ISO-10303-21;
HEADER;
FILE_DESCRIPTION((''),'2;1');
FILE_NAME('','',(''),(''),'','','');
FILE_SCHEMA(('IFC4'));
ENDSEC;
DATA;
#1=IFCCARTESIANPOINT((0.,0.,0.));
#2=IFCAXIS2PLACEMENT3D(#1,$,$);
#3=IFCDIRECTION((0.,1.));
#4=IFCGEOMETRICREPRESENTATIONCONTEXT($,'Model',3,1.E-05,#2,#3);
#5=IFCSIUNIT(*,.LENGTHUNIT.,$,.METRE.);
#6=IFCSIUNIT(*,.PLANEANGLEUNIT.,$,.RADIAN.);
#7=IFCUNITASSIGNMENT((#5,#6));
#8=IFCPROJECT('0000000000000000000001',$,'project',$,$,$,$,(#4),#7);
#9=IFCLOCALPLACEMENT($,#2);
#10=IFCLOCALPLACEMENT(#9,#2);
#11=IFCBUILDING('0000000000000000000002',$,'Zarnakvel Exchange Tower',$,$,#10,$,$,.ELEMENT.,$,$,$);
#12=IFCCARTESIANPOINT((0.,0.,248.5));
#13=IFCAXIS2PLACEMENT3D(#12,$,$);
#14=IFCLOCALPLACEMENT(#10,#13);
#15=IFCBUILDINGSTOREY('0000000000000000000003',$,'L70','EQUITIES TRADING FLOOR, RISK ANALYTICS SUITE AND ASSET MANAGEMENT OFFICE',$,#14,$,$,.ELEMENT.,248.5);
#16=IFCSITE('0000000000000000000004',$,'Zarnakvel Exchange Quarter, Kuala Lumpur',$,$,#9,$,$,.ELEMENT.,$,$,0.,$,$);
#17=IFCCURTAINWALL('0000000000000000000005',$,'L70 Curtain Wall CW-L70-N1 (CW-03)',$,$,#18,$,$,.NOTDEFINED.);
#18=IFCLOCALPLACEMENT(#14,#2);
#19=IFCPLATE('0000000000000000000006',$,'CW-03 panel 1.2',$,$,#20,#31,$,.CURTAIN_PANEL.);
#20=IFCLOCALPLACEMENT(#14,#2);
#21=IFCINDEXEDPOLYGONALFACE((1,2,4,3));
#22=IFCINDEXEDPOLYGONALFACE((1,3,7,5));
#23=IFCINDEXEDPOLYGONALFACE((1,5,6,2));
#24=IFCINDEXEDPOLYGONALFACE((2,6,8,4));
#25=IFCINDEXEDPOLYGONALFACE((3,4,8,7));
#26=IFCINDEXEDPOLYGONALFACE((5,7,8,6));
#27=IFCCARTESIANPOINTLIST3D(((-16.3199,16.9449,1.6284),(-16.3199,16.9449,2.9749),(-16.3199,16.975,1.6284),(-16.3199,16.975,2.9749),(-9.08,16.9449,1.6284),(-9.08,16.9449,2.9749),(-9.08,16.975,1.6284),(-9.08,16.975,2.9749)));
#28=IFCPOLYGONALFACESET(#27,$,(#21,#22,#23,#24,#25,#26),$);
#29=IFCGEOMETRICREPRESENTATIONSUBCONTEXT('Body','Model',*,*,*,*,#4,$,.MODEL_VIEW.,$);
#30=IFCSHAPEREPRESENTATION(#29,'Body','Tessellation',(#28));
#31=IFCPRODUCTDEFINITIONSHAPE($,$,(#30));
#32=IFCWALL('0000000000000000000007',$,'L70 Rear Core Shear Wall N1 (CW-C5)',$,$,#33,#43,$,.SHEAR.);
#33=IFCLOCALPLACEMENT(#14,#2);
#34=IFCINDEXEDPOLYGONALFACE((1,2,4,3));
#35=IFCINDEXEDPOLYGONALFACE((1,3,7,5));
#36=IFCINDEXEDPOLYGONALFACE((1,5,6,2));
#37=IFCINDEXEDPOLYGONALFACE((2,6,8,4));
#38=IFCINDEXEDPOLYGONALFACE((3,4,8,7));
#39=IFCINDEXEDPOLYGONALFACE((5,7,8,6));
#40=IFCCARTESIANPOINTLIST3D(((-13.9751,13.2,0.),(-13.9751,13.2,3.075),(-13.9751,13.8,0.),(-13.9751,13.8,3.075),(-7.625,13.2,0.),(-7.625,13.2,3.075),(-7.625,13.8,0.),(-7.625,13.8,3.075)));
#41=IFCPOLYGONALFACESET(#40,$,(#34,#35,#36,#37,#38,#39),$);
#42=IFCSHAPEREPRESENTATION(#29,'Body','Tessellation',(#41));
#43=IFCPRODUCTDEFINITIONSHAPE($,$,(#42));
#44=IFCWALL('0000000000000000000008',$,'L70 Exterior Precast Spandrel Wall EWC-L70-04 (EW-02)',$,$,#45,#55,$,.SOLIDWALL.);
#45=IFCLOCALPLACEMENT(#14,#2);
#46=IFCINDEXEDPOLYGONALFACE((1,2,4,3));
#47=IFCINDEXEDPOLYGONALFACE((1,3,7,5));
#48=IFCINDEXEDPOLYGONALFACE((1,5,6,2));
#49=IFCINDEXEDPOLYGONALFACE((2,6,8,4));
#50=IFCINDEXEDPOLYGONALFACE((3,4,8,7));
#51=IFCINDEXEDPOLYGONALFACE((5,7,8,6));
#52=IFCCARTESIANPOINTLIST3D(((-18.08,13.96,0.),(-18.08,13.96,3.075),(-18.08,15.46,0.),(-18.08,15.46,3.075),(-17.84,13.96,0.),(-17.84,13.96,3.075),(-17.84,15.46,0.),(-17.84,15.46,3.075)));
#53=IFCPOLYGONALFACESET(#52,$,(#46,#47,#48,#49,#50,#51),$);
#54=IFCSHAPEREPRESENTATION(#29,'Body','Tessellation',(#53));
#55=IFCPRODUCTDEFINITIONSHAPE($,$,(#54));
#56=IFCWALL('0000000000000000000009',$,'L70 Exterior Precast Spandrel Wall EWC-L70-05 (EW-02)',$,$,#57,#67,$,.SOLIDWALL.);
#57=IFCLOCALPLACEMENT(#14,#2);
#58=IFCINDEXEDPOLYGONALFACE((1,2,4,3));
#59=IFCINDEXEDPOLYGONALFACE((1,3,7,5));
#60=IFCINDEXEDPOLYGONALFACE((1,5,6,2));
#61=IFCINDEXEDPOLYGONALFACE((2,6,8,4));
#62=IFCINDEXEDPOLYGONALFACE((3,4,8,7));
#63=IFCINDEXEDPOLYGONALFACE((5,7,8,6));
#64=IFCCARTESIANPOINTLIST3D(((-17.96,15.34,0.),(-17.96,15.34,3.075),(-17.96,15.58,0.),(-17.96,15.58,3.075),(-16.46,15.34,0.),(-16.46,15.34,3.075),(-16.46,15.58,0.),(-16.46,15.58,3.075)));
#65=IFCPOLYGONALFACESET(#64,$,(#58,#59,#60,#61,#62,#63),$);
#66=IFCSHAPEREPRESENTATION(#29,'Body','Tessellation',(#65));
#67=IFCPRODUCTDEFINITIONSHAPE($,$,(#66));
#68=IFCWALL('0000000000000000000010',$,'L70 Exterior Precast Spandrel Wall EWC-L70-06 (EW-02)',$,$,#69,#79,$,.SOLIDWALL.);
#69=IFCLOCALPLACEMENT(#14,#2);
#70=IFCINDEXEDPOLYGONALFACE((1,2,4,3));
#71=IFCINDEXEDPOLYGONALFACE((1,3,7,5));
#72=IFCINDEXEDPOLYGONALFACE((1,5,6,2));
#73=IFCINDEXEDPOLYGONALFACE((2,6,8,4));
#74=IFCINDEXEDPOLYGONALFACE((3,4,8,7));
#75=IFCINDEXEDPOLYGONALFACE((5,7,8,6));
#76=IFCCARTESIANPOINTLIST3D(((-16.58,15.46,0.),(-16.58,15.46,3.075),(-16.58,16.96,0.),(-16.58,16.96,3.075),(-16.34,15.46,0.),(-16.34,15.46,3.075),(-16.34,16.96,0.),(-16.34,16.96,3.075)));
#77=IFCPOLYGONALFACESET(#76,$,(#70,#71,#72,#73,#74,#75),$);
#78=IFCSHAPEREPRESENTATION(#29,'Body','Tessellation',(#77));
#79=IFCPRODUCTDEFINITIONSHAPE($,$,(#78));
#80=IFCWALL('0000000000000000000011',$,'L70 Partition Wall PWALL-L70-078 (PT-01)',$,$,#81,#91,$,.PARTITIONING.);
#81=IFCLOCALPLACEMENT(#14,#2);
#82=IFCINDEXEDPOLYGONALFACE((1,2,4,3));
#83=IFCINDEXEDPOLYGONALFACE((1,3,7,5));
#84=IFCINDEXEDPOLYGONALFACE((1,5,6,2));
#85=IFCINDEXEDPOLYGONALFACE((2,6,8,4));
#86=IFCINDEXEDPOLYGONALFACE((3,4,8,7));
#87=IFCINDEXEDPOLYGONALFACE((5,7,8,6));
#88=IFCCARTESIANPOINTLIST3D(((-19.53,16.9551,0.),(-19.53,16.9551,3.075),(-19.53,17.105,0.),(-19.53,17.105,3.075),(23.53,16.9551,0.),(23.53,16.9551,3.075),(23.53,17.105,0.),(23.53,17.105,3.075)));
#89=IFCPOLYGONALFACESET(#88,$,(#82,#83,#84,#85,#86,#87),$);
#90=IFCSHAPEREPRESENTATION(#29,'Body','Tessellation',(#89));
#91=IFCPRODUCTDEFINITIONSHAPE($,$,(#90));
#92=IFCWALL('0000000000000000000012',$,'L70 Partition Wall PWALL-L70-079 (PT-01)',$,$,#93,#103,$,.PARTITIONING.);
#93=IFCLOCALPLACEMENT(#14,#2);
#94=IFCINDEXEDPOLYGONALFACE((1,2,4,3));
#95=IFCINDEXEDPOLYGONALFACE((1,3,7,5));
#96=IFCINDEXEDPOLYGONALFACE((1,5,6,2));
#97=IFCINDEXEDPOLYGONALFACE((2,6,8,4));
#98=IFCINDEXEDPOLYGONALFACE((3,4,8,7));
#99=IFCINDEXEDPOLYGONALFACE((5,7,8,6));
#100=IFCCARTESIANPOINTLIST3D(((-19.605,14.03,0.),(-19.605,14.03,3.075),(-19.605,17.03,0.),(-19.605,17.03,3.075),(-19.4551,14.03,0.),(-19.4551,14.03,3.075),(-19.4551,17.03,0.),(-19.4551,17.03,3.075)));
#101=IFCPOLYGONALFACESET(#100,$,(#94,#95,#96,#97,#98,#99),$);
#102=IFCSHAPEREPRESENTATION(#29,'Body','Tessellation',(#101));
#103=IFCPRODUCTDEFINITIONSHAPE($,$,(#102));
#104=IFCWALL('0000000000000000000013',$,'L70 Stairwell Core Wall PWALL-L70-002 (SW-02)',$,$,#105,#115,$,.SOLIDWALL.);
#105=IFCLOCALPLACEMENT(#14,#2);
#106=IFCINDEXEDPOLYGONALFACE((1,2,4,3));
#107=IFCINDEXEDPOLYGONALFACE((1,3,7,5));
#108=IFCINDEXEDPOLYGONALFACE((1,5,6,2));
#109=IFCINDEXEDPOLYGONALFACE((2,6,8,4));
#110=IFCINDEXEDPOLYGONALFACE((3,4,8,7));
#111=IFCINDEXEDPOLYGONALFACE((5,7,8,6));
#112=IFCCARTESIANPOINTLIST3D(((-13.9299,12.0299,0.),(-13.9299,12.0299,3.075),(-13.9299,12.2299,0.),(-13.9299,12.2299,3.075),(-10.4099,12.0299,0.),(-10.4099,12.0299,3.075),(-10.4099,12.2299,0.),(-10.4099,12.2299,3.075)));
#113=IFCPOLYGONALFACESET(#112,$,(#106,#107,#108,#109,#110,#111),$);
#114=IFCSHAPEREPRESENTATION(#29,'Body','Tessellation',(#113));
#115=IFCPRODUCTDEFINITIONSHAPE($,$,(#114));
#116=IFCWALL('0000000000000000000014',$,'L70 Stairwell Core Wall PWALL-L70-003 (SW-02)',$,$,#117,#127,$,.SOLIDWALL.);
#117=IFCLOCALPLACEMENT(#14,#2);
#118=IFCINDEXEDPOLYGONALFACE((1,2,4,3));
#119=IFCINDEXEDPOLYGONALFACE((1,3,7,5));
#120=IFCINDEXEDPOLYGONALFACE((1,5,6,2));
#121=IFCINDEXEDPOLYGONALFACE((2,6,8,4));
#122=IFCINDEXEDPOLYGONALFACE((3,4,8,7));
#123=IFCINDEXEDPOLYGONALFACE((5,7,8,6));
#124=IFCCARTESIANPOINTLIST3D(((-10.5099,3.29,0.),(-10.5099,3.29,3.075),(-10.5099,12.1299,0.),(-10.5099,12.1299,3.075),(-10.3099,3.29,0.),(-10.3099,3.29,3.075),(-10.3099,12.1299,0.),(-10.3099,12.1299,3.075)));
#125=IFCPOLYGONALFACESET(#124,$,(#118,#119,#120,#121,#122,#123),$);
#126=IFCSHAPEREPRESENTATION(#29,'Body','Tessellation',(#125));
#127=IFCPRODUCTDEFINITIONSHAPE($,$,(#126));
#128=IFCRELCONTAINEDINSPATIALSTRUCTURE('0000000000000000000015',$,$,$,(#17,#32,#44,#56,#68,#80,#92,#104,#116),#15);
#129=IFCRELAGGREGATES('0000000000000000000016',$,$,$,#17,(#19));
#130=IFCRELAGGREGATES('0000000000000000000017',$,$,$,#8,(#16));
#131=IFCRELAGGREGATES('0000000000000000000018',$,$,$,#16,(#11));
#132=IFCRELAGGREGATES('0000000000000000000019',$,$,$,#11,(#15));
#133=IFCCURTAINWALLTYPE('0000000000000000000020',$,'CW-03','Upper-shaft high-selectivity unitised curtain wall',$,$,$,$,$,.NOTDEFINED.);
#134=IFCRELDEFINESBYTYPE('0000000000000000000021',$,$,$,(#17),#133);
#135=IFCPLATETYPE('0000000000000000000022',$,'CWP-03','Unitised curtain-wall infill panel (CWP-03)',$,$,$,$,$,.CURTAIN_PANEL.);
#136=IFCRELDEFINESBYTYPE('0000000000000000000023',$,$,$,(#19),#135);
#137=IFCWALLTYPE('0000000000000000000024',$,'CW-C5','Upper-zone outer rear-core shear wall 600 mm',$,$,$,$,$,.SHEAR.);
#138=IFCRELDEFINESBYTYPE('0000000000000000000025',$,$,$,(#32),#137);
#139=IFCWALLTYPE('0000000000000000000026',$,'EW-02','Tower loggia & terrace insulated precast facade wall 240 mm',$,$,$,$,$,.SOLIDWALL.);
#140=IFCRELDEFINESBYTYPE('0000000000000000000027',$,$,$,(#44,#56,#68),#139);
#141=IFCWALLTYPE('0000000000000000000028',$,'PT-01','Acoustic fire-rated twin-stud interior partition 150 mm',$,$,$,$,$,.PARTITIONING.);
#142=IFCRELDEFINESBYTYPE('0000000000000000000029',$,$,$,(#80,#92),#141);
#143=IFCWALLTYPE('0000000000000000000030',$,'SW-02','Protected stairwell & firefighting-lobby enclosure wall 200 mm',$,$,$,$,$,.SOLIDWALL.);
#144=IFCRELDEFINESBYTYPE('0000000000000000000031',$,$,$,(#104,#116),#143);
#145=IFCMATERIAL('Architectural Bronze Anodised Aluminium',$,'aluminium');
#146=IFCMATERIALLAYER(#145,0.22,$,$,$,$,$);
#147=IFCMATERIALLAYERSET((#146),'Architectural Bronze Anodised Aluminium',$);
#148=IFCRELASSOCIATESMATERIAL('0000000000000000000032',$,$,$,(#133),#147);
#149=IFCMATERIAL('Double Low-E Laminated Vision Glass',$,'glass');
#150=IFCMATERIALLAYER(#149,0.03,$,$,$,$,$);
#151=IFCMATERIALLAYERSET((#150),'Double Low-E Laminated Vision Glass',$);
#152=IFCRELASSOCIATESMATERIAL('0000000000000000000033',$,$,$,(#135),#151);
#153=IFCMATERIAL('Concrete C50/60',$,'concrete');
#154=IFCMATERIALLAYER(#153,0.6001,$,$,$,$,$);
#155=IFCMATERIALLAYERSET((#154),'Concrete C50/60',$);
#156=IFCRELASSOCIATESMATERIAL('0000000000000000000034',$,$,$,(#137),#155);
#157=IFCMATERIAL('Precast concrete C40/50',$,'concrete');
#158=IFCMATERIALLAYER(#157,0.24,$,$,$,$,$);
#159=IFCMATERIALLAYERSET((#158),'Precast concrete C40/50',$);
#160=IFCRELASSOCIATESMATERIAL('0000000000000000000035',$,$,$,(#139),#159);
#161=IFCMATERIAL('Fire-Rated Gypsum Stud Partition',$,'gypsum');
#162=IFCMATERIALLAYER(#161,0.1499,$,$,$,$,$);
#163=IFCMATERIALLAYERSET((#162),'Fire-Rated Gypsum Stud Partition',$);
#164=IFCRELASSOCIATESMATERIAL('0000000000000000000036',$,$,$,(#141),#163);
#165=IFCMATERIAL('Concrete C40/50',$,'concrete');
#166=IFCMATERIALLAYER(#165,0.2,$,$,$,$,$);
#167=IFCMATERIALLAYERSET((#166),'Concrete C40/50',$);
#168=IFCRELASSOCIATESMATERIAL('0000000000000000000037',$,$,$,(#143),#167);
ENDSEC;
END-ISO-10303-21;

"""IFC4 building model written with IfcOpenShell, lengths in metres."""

from ifc_helpers import new_model, si_unit, direction, frame, frame_2d, origin, origin_2d, place, context, subcontext, project, spatial, rectangle, extrude, source, transform, mapped, material, layer, layer_set, type_object, element, aggregate, save


model = new_model("IFC4")

# Units and contexts
model_context = context("Model", 3, precision=1e-05, world=origin(), true_north=direction((0.0, 1.0)))
body_context = subcontext(model_context, "Body", "Model", "MODEL_VIEW")
ifc_project = project(units=[si_unit("LENGTHUNIT", "METRE"), si_unit("PLANEANGLEUNIT", "RADIAN")], contexts=[model_context])

# Site, building, storey
site_placement = place(None, origin())
site = spatial("IfcSite", under=ifc_project, at=site_placement, Name="Zarnakvel Exchange Quarter, Kuala Lumpur", CompositionType="ELEMENT", RefElevation=0.0)
building_placement = place(site_placement, origin())
building = spatial("IfcBuilding", under=site, at=building_placement, Name="Zarnakvel Exchange Tower", CompositionType="ELEMENT")
storey_placement = place(building_placement, frame((0.0, 0.0, 248.5)))
storey = spatial("IfcBuildingStorey", under=building, at=storey_placement, Name="L70", Description="EQUITIES TRADING FLOOR, RISK ANALYTICS SUITE AND ASSET MANAGEMENT OFFICE", CompositionType="ELEMENT", Elevation=248.5)

# Shared definitions
ifc_material_1 = material(Name="Concrete C50/60", Category="concrete")

# Shared definitions
ifc_material_2 = material(Name="Architectural Bronze Anodised Aluminium", Category="aluminium")

# Curtain wall
ifc_layer_1 = layer(ifc_material_2, 0.22)
ifc_layer_set_1 = layer_set([ifc_layer_1], Name="Architectural Bronze Anodised Aluminium")
curtain_wall_type_1 = type_object("IfcCurtainWallType", Name="CW-03", Description="Upper-shaft high-selectivity unitised curtain wall", PredefinedType="NOTDEFINED", material=ifc_layer_set_1)
curtain_wall_1_placement = place(storey_placement, origin())
curtain_wall_1 = element("IfcCurtainWall", 1, at=curtain_wall_1_placement, inside=storey, type_object=curtain_wall_type_1, Name="L70 Curtain Wall CW-L70-N1 (CW-03)", PredefinedType="NOTDEFINED")

# Plate
ifc_material_3 = material(Name="Double Low-E Laminated Vision Glass", Category="glass")
ifc_layer_2 = layer(ifc_material_3, 0.03)
ifc_layer_set_2 = layer_set([ifc_layer_2], Name="Double Low-E Laminated Vision Glass")
plate_type_1 = type_object("IfcPlateType", Name="CWP-03", Description="Unitised curtain-wall infill panel (CWP-03)", PredefinedType="CURTAIN_PANEL", material=ifc_layer_set_2)
shared_shape_1 = source(origin(), body_context, "Body", "SweptSolid", [
    extrude(rectangle(XDim=7.24, YDim=0.03, at=origin_2d()), origin(), (0.0, 0.0, 1.0), 1.3464),
])
plate_1_placement = place(storey_placement, frame((-12.7, 16.96, 1.6284), z_axis=(0.0, 0.0, 1.0), x_axis=(1.0, 0.0, 0.0)))
plate_1 = element("IfcPlate", 2, at=plate_1_placement, type_object=plate_type_1, Name="CW-03 panel 1.2", PredefinedType="CURTAIN_PANEL", context=body_context, shape_type="MappedRepresentation", body=[
    mapped(shared_shape_1, transform((0.0, 0.0, 0.0), x_axis=(1.0, 0.0, 0.0), y_axis=(0.0, 1.0, 0.0), z_axis=(0.0, 0.0, 1.0), scale=1.0)),
])
aggregate(curtain_wall_1, [plate_1])

# Walls
ifc_layer_3 = layer(ifc_material_1, 0.6001)
ifc_layer_set_3 = layer_set([ifc_layer_3], Name="Concrete C50/60")
wall_type_1 = type_object("IfcWallType", Name="CW-C5", Description="Upper-zone outer rear-core shear wall 600 mm", PredefinedType="SHEAR", material=ifc_layer_set_3)
wall_1_placement = place(storey_placement, frame((-13.9751, 13.5, 0.0), z_axis=(0.0, 0.0, 1.0), x_axis=(1.0, 0.0, 0.0)))
element("IfcWall", 3, at=wall_1_placement, inside=storey, type_object=wall_type_1, Name="L70 Rear Core Shear Wall N1 (CW-C5)", PredefinedType="SHEAR", context=body_context, shape_type="SweptSolid", body=[
    extrude(rectangle(XDim=6.3501, YDim=0.6001, at=frame_2d((3.175, 0.0))), origin(), (0.0, 0.0, 1.0), 3.075),
])
ifc_material_4 = material(Name="Precast concrete C40/50", Category="concrete")
ifc_layer_4 = layer(ifc_material_4, 0.24)
ifc_layer_set_4 = layer_set([ifc_layer_4], Name="Precast concrete C40/50")
wall_type_2 = type_object("IfcWallType", Name="EW-02", Description="Tower loggia & terrace insulated precast facade wall 240 mm", PredefinedType="SOLIDWALL", material=ifc_layer_set_4)
for number, where, z_axis, x_axis, name in (
    (4, (-17.96, 15.46, 0.0), (0.0, 0.0, 1.0), (0.0, -1.0, 0.0), "L70 Exterior Precast Spandrel Wall EWC-L70-04 (EW-02)"),
    (5, (-16.46, 15.46, 0.0), (0.0, 0.0, 1.0), (-1.0, 0.0, 0.0), "L70 Exterior Precast Spandrel Wall EWC-L70-05 (EW-02)"),
    (6, (-16.46, 16.96, 0.0), (0.0, 0.0, 1.0), (0.0, -1.0, 0.0), "L70 Exterior Precast Spandrel Wall EWC-L70-06 (EW-02)"),
):
    element("IfcWall", number, at=place(storey_placement, frame(where, z_axis=z_axis, x_axis=x_axis)), inside=storey, type_object=wall_type_2, Name=name, PredefinedType="SOLIDWALL", context=body_context, shape_type="SweptSolid", body=[
        extrude(rectangle(XDim=1.5, YDim=0.24, at=frame_2d((0.75, 0.0))), origin(), (0.0, 0.0, 1.0), 3.075),
    ])

# Shared definitions
ifc_material_5 = material(Name="Fire-Rated Gypsum Stud Partition", Category="gypsum")
ifc_layer_5 = layer(ifc_material_5, 0.1499)
ifc_layer_set_5 = layer_set([ifc_layer_5], Name="Fire-Rated Gypsum Stud Partition")
wall_type_3 = type_object("IfcWallType", Name="PT-01", Description="Acoustic fire-rated twin-stud interior partition 150 mm", PredefinedType="PARTITIONING", material=ifc_layer_set_5)

# Walls
wall_2_placement = place(storey_placement, frame((-19.53, 17.03, 0.0), z_axis=(0.0, 0.0, 1.0), x_axis=(1.0, 0.0, 0.0)))
element("IfcWall", 7, at=wall_2_placement, inside=storey, type_object=wall_type_3, Name="L70 Partition Wall PWALL-L70-078 (PT-01)", PredefinedType="PARTITIONING", context=body_context, shape_type="SweptSolid", body=[
    extrude(rectangle(XDim=43.0601, YDim=0.1499, at=frame_2d((21.53, 0.0))), origin(), (0.0, 0.0, 1.0), 3.075),
])
wall_3_placement = place(storey_placement, frame((-19.53, 14.03, 0.0), z_axis=(0.0, 0.0, 1.0), x_axis=(0.0, 1.0, 0.0)))
element("IfcWall", 8, at=wall_3_placement, inside=storey, type_object=wall_type_3, Name="L70 Partition Wall PWALL-L70-079 (PT-01)", PredefinedType="PARTITIONING", context=body_context, shape_type="SweptSolid", body=[
    extrude(rectangle(XDim=3.0, YDim=0.1499, at=frame_2d((1.5, 0.0))), origin(), (0.0, 0.0, 1.0), 3.075),
])
ifc_material_6 = material(Name="Concrete C40/50", Category="concrete")
ifc_layer_6 = layer(ifc_material_6, 0.2)
ifc_layer_set_6 = layer_set([ifc_layer_6], Name="Concrete C40/50")
wall_type_4 = type_object("IfcWallType", Name="SW-02", Description="Protected stairwell & firefighting-lobby enclosure wall 200 mm", PredefinedType="SOLIDWALL", material=ifc_layer_set_6)
wall_4_placement = place(storey_placement, frame((-13.9299, 12.1299, 0.0), z_axis=(0.0, 0.0, 1.0), x_axis=(1.0, 0.0, 0.0)))
element("IfcWall", 9, at=wall_4_placement, inside=storey, type_object=wall_type_4, Name="L70 Stairwell Core Wall PWALL-L70-002 (SW-02)", PredefinedType="SOLIDWALL", context=body_context, shape_type="SweptSolid", body=[
    extrude(rectangle(XDim=3.52, YDim=0.2, at=frame_2d((1.76, 0.0))), origin(), (0.0, 0.0, 1.0), 3.075),
])
wall_5_placement = place(storey_placement, frame((-10.4099, 12.1299, 0.0), z_axis=(0.0, 0.0, 1.0), x_axis=(0.0, -1.0, 0.0)))
element("IfcWall", 10, at=wall_5_placement, inside=storey, type_object=wall_type_4, Name="L70 Stairwell Core Wall PWALL-L70-003 (SW-02)", PredefinedType="SOLIDWALL", context=body_context, shape_type="SweptSolid", body=[
    extrude(rectangle(XDim=8.8398, YDim=0.2, at=frame_2d((4.4199, 0.0))), origin(), (0.0, 0.0, 1.0), 3.075),
])

save(model, "model.ifc")
